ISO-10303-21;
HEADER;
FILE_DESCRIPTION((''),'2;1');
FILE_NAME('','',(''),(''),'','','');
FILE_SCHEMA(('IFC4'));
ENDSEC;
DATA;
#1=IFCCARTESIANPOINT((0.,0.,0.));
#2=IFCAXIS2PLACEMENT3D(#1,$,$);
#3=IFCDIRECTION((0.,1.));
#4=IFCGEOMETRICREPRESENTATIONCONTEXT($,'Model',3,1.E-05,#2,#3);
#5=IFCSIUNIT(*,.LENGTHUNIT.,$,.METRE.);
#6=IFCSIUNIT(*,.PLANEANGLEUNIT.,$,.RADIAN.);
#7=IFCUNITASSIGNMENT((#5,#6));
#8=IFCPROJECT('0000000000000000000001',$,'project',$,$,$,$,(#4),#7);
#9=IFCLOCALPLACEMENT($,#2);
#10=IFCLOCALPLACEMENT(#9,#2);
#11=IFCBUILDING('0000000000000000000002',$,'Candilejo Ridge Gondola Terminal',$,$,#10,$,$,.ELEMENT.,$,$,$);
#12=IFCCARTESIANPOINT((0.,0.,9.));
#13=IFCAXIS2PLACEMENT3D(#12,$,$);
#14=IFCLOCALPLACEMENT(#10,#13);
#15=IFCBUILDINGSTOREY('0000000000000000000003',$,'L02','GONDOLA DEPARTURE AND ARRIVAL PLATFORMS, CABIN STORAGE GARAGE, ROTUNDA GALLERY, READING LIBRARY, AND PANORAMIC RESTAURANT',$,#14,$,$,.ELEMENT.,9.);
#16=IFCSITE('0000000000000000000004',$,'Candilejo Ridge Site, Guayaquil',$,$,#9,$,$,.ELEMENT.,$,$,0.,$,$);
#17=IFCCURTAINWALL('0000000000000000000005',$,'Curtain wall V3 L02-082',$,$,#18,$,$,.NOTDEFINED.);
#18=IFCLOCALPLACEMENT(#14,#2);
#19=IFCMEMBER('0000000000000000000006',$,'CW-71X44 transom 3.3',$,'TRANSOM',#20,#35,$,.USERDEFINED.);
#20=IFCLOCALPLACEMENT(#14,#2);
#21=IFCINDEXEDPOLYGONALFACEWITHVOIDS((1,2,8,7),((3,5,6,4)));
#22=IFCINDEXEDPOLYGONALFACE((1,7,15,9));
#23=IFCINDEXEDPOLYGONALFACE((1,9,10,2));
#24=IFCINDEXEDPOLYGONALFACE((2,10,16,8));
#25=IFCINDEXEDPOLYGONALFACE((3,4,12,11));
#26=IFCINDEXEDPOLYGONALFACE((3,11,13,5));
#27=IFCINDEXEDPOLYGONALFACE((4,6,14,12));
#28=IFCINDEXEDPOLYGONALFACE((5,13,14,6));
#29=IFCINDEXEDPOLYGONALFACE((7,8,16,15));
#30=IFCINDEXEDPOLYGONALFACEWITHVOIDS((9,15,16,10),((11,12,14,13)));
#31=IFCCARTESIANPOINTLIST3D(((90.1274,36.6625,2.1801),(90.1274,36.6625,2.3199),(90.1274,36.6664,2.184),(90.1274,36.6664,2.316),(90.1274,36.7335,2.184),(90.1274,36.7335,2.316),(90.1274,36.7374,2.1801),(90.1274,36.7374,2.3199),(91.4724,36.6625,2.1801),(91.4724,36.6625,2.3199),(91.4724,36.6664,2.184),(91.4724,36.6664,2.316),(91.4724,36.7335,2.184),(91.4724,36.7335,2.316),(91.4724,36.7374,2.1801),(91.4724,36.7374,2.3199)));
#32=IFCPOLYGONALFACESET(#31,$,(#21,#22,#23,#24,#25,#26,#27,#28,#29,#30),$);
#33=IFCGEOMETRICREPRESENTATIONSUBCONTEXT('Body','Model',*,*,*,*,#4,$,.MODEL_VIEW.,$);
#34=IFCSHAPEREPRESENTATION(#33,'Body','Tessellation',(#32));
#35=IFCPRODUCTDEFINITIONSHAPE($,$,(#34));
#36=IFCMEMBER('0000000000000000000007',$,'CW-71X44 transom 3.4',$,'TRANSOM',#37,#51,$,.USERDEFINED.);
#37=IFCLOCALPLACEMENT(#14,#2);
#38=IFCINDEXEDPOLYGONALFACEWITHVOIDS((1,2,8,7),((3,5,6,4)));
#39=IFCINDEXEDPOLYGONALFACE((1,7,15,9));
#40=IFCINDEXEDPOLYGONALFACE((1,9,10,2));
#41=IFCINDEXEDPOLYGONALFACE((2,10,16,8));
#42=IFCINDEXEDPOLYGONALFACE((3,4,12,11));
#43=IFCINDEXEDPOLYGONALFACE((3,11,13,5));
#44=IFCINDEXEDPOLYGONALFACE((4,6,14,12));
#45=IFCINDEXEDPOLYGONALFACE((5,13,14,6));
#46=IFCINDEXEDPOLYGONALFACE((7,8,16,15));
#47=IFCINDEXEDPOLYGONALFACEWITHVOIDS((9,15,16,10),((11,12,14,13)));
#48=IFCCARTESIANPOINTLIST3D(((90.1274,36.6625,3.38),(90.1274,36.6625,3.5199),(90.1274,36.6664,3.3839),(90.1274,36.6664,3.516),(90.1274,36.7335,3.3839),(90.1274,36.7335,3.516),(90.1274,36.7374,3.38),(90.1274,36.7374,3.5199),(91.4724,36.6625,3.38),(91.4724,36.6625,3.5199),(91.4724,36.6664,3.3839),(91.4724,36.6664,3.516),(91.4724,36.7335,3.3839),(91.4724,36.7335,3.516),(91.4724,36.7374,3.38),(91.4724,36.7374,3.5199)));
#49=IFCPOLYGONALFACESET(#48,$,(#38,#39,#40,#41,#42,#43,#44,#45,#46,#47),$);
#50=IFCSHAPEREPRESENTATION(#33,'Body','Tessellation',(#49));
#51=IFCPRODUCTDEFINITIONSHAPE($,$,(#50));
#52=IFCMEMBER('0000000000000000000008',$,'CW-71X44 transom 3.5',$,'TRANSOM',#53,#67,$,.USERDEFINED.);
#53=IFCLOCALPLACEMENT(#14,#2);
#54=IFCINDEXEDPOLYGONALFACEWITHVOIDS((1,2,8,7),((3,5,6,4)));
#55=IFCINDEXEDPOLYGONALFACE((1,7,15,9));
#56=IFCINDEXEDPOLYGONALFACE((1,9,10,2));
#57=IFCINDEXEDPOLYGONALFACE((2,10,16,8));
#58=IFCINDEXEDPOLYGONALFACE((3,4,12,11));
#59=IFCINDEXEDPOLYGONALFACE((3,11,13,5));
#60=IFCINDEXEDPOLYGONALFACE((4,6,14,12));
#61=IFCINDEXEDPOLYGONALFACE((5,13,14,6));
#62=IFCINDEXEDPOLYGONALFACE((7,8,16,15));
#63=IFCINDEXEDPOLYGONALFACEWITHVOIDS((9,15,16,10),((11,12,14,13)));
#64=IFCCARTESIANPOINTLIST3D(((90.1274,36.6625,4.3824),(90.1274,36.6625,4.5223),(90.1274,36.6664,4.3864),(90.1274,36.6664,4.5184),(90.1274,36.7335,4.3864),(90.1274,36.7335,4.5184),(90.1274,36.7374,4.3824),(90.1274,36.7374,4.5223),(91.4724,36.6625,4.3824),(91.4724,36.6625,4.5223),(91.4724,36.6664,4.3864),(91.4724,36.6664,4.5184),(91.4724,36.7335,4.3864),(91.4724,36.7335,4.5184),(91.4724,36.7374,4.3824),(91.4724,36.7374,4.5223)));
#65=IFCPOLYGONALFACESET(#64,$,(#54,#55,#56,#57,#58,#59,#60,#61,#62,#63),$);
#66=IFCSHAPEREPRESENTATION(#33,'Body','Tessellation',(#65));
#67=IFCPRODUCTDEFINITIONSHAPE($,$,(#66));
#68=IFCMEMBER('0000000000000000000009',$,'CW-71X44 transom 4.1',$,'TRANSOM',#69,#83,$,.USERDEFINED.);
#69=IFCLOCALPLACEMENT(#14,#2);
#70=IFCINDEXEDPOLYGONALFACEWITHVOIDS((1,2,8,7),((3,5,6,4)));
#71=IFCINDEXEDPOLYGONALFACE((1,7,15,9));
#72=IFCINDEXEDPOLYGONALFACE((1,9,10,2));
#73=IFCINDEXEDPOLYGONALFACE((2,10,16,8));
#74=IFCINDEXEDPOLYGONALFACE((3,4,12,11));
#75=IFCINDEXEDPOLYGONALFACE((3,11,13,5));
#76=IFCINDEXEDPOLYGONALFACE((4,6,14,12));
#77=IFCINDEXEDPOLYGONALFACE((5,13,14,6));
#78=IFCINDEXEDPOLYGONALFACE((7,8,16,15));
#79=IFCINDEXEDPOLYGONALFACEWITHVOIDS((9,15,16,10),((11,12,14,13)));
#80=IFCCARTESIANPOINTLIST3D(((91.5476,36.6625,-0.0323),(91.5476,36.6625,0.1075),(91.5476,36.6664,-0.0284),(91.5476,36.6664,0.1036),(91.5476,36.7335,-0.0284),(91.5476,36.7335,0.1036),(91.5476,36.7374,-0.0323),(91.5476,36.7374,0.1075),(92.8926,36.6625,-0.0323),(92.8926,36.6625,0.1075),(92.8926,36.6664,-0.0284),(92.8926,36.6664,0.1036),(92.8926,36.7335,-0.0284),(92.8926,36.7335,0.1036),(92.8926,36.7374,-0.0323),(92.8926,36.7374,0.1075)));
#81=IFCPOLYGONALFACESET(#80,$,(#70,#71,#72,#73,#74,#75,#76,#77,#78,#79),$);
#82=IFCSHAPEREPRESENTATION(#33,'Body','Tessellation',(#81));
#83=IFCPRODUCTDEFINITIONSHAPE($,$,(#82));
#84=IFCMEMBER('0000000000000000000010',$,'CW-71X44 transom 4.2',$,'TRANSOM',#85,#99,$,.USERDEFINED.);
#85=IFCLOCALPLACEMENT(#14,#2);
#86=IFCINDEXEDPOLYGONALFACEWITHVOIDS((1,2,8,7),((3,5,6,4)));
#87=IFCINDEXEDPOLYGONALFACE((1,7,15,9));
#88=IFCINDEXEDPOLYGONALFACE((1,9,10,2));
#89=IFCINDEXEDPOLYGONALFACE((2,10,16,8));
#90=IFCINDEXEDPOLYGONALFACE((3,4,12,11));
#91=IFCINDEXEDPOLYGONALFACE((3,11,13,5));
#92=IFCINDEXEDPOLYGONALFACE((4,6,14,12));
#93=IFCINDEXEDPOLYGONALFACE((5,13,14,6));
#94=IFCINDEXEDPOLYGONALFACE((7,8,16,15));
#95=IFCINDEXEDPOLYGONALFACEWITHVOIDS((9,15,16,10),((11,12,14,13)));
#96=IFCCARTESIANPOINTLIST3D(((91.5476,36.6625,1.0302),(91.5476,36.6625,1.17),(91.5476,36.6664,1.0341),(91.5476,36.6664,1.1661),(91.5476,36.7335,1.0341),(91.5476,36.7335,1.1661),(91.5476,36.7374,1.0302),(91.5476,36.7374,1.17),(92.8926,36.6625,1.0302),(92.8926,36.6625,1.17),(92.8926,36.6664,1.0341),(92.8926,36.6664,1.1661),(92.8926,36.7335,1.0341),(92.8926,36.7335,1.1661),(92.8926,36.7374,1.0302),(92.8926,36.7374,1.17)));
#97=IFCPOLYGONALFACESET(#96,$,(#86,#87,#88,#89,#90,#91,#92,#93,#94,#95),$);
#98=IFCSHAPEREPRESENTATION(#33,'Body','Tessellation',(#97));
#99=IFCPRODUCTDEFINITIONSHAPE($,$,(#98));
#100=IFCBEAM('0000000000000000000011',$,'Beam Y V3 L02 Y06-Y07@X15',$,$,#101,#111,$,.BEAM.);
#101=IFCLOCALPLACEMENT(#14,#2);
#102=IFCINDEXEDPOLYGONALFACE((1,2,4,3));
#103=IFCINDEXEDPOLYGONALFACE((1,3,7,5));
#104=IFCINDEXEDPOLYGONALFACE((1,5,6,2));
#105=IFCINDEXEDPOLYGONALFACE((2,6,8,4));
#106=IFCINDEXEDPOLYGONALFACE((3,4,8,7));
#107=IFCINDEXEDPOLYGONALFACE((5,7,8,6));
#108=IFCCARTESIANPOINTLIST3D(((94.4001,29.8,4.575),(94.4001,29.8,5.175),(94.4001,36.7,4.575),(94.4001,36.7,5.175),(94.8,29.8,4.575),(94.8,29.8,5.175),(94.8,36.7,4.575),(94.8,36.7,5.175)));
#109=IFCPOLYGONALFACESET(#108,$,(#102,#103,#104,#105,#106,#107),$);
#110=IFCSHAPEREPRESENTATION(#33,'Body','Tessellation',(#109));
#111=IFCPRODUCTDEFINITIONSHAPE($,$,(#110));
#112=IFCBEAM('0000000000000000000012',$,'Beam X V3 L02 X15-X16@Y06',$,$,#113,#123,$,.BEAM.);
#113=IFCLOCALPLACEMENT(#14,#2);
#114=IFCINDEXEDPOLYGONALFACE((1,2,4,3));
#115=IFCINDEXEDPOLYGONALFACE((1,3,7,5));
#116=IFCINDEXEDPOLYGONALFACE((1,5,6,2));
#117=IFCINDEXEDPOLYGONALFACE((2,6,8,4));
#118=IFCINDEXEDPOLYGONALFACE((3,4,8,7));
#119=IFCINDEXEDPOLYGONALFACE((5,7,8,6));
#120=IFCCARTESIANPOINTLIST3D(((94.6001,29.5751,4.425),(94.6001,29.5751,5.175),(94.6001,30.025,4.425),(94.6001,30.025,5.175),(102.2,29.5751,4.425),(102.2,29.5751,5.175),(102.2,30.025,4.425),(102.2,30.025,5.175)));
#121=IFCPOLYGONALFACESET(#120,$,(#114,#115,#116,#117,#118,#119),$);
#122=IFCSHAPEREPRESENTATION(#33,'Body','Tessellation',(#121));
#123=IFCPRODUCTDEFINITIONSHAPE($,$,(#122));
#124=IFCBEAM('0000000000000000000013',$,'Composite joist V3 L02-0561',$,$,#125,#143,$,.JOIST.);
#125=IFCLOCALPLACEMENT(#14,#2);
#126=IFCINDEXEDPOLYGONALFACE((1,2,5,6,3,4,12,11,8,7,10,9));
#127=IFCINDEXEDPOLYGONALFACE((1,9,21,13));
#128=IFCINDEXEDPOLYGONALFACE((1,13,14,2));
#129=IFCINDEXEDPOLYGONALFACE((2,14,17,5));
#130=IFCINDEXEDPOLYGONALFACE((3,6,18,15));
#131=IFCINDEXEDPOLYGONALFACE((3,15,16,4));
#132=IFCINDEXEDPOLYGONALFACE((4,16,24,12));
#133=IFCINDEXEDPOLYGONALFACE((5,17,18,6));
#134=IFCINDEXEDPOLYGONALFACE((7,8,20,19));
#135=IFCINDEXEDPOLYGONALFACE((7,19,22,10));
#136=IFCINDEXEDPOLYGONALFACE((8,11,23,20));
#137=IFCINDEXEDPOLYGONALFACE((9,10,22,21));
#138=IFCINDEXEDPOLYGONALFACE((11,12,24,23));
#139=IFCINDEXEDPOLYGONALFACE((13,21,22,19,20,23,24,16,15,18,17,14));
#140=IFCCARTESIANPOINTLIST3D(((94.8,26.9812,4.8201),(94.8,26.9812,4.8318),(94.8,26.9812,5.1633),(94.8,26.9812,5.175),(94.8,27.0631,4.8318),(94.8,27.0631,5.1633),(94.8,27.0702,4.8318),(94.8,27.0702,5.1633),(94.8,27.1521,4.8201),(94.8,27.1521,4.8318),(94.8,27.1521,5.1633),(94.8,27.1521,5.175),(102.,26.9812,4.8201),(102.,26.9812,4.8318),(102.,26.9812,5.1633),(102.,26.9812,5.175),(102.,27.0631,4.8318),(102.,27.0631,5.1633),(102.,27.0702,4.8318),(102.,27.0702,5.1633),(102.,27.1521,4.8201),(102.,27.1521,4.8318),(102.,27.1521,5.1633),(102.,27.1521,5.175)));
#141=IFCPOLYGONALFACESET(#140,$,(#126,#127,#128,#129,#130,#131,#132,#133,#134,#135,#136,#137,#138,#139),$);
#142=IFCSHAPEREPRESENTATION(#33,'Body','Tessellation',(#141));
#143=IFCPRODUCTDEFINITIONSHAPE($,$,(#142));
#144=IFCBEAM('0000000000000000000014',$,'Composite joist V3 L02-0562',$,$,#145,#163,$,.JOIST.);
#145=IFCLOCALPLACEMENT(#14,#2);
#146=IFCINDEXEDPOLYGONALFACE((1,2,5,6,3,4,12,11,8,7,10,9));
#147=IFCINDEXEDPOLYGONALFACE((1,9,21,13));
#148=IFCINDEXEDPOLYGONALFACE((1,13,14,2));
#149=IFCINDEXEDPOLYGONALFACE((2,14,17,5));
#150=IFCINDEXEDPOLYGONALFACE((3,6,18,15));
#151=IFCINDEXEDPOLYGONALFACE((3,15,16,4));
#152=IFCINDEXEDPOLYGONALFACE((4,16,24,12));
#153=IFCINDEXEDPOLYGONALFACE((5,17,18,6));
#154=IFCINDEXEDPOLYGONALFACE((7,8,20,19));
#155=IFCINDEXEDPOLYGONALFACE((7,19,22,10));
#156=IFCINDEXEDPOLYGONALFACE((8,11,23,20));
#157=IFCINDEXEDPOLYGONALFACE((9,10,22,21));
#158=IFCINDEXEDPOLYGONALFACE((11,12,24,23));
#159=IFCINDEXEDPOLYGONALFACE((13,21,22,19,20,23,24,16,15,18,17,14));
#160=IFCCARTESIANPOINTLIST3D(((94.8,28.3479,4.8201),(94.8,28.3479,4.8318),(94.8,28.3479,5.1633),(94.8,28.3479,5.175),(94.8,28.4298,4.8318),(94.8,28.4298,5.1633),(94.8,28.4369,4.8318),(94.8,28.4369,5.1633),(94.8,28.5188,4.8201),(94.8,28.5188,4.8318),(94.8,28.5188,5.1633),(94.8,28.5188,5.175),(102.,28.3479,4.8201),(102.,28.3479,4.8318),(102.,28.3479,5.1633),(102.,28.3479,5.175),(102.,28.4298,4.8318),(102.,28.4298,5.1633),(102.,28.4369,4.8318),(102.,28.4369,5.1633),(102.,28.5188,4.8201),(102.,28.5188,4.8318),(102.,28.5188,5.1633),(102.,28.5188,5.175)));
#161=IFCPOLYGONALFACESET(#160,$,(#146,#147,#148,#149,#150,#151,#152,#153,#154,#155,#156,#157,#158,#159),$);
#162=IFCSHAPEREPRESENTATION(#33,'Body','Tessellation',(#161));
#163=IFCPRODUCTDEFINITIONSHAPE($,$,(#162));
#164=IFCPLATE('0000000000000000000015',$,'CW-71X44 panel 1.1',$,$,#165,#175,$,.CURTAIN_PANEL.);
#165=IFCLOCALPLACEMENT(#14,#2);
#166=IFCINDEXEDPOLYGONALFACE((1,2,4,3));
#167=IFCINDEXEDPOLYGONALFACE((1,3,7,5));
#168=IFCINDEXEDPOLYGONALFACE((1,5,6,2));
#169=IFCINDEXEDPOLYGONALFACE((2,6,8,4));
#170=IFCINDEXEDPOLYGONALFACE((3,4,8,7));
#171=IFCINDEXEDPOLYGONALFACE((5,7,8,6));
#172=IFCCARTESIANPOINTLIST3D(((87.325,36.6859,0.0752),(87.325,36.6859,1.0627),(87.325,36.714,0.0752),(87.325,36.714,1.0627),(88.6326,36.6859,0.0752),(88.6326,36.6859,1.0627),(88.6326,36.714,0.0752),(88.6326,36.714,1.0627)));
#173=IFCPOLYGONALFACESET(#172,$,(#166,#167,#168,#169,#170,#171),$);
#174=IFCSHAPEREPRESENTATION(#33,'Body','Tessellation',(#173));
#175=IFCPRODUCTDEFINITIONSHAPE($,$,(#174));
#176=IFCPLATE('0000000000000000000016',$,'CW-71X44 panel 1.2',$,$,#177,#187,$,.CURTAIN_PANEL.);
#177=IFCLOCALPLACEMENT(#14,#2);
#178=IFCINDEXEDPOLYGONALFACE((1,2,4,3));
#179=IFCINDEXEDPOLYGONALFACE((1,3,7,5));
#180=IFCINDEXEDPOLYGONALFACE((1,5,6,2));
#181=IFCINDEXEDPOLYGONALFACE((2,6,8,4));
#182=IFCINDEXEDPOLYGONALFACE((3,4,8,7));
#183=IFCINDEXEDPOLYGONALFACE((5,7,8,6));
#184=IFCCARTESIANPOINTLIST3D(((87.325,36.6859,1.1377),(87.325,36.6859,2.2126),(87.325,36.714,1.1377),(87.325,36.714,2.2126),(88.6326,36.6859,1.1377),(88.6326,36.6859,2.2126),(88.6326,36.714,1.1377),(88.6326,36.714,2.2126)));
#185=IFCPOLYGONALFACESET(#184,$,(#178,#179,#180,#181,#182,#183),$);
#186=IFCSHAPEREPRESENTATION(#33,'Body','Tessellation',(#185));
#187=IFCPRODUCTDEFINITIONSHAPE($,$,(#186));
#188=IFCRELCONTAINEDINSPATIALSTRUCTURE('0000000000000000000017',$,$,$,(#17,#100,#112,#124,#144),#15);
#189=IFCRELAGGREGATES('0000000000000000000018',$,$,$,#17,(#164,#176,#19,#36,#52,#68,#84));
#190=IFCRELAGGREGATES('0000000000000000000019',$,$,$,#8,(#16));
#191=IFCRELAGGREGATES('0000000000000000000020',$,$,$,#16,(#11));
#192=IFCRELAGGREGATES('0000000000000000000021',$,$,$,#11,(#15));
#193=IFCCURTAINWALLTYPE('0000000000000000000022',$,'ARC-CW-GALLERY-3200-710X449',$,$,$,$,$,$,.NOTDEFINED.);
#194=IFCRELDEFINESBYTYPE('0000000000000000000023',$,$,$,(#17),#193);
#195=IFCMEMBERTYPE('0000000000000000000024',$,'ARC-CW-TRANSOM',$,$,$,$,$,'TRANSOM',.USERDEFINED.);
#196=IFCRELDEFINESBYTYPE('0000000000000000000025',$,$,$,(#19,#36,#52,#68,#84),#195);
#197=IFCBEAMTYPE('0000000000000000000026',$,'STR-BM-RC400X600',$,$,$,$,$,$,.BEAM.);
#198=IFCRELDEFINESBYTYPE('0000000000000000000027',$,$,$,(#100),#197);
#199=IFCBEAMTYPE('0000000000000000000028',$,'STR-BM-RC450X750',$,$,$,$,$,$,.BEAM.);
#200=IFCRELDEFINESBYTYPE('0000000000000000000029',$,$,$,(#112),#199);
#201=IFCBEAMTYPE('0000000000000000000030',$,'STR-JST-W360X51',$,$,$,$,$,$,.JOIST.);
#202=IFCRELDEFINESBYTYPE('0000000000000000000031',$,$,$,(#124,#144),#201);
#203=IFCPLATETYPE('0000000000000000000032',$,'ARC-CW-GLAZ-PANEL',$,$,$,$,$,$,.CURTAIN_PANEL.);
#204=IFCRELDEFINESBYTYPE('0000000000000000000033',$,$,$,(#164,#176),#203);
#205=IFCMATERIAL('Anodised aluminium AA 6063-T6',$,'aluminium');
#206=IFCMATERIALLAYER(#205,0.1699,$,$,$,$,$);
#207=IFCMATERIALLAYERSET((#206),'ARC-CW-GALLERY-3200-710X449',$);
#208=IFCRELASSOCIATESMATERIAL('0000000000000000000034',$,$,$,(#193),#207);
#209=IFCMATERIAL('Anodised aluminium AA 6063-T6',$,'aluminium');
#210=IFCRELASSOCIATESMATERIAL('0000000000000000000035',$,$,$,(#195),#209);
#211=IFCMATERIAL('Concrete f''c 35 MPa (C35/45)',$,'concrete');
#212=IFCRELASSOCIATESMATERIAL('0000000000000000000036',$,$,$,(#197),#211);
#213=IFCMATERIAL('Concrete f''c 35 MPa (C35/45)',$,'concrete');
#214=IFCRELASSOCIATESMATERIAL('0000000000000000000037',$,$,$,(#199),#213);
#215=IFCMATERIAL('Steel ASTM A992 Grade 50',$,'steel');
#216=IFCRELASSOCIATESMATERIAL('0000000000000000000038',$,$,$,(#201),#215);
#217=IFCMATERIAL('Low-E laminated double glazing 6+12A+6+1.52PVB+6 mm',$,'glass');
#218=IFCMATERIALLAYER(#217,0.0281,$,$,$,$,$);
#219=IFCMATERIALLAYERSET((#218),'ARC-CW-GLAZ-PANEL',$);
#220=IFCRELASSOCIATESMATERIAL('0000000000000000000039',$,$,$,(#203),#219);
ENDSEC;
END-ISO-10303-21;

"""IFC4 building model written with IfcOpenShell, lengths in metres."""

from ifc_helpers import new_model, si_unit, direction, frame, origin, origin_2d, place, context, subcontext, project, spatial, rectangle, hollow_rectangle, i_section, extrude, material, layer, layer_set, material_profile, profile_set, type_object, element, aggregate, save


model = new_model("IFC4")

# Units and contexts
model_context = context("Model", 3, precision=1e-05, world=origin(), true_north=direction((0.0, 1.0)))
body_context = subcontext(model_context, "Body", "Model", "MODEL_VIEW")
ifc_project = project(units=[si_unit("LENGTHUNIT", "METRE"), si_unit("PLANEANGLEUNIT", "RADIAN")], contexts=[model_context])

# Site, building, storey
site_placement = place(None, origin())
site = spatial("IfcSite", under=ifc_project, at=site_placement, Name="Candilejo Ridge Site, Guayaquil", CompositionType="ELEMENT", RefElevation=0.0)
building_placement = place(site_placement, origin())
building = spatial("IfcBuilding", under=site, at=building_placement, Name="Candilejo Ridge Gondola Terminal", CompositionType="ELEMENT")
storey_placement = place(building_placement, frame((0.0, 0.0, 9.0)))
storey = spatial("IfcBuildingStorey", under=building, at=storey_placement, Name="L02", Description="GONDOLA DEPARTURE AND ARRIVAL PLATFORMS, CABIN STORAGE GARAGE, ROTUNDA GALLERY, READING LIBRARY, AND PANORAMIC RESTAURANT", CompositionType="ELEMENT", Elevation=9.0)

# Curtain wall, members
ifc_material_1 = material(Name="Anodised aluminium AA 6063-T6", Category="aluminium")
ifc_layer_1 = layer(ifc_material_1, 0.1699)
ifc_layer_set_1 = layer_set([ifc_layer_1], Name="ARC-CW-GALLERY-3200-710X449")
curtain_wall_type = type_object("IfcCurtainWallType", Name="ARC-CW-GALLERY-3200-710X449", PredefinedType="NOTDEFINED", material=ifc_layer_set_1)
curtain_wall_placement = place(storey_placement, origin())
curtain_wall = element("IfcCurtainWall", 1, at=curtain_wall_placement, inside=storey, type_object=curtain_wall_type, Name="Curtain wall V3 L02-082", PredefinedType="NOTDEFINED")
ifc_material_2 = material(Name="Anodised aluminium AA 6063-T6", Category="aluminium")
ifc_material_profile_1 = material_profile(ifc_material_2, hollow_rectangle(XDim=0.075, YDim=0.1399, WallThickness=0.0039, at=origin_2d()))
ifc_profile_set_1 = profile_set([ifc_material_profile_1], Name="Anodised aluminium AA 6063-T6")
member_type_1 = type_object("IfcMemberType", Name="ARC-CW-TRANSOM", ElementType="TRANSOM", PredefinedType="USERDEFINED", material=ifc_profile_set_1)
member_1_placement = place(storey_placement, frame((90.1274, 36.7, 2.25), z_axis=(1.0, 0.0, 0.0), x_axis=(0.0, 1.0, 0.0)))
member_1 = element("IfcMember", 2, at=member_1_placement, type_object=member_type_1, Name="CW-71X44 transom 3.3", ObjectType="TRANSOM", PredefinedType="USERDEFINED", context=body_context, shape_type="SweptSolid", body=[
    extrude(hollow_rectangle(XDim=0.075, YDim=0.1399, WallThickness=0.0039, at=origin_2d()), origin(), (0.0, 0.0, 1.0), 1.345),
])
member_2_placement = place(storey_placement, frame((90.1274, 36.7, 3.45), z_axis=(1.0, 0.0, 0.0), x_axis=(0.0, 1.0, 0.0)))
member_2 = element("IfcMember", 3, at=member_2_placement, type_object=member_type_1, Name="CW-71X44 transom 3.4", ObjectType="TRANSOM", PredefinedType="USERDEFINED", context=body_context, shape_type="SweptSolid", body=[
    extrude(hollow_rectangle(XDim=0.075, YDim=0.1399, WallThickness=0.0039, at=origin_2d()), origin(), (0.0, 0.0, 1.0), 1.345),
])
member_3_placement = place(storey_placement, frame((90.1274, 36.7, 4.4524), z_axis=(1.0, 0.0, 0.0), x_axis=(0.0, 1.0, 0.0)))
member_3 = element("IfcMember", 4, at=member_3_placement, type_object=member_type_1, Name="CW-71X44 transom 3.5", ObjectType="TRANSOM", PredefinedType="USERDEFINED", context=body_context, shape_type="SweptSolid", body=[
    extrude(hollow_rectangle(XDim=0.075, YDim=0.1399, WallThickness=0.0039, at=origin_2d()), origin(), (0.0, 0.0, 1.0), 1.345),
])
member_4_placement = place(storey_placement, frame((91.5476, 36.7, 0.0376), z_axis=(1.0, 0.0, 0.0), x_axis=(0.0, 1.0, 0.0)))
member_4 = element("IfcMember", 5, at=member_4_placement, type_object=member_type_1, Name="CW-71X44 transom 4.1", ObjectType="TRANSOM", PredefinedType="USERDEFINED", context=body_context, shape_type="SweptSolid", body=[
    extrude(hollow_rectangle(XDim=0.075, YDim=0.1399, WallThickness=0.0039, at=origin_2d()), origin(), (0.0, 0.0, 1.0), 1.345),
])
member_5_placement = place(storey_placement, frame((91.5476, 36.7, 1.1001), z_axis=(1.0, 0.0, 0.0), x_axis=(0.0, 1.0, 0.0)))
member_5 = element("IfcMember", 6, at=member_5_placement, type_object=member_type_1, Name="CW-71X44 transom 4.2", ObjectType="TRANSOM", PredefinedType="USERDEFINED", context=body_context, shape_type="SweptSolid", body=[
    extrude(hollow_rectangle(XDim=0.075, YDim=0.1399, WallThickness=0.0039, at=origin_2d()), origin(), (0.0, 0.0, 1.0), 1.345),
])

# Beams
ifc_material_3 = material(Name="Concrete f'c 35 MPa (C35/45)", Category="concrete")
ifc_material_profile_2 = material_profile(ifc_material_3, rectangle(XDim=0.3999, YDim=0.6001, at=origin_2d()))
ifc_profile_set_2 = profile_set([ifc_material_profile_2], Name="Concrete f'c 35 MPa (C35/45)")
beam_type_1 = type_object("IfcBeamType", Name="STR-BM-RC400X600", PredefinedType="BEAM", material=ifc_profile_set_2)
beam_1_placement = place(storey_placement, frame((94.6001, 29.8, 4.875), z_axis=(0.0, 1.0, 0.0), x_axis=(-1.0, 0.0, 0.0)))
element("IfcBeam", 7, at=beam_1_placement, inside=storey, type_object=beam_type_1, Name="Beam Y V3 L02 Y06-Y07@X15", PredefinedType="BEAM", context=body_context, shape_type="SweptSolid", body=[
    extrude(rectangle(XDim=0.3999, YDim=0.6001, at=origin_2d()), origin(), (0.0, 0.0, 1.0), 6.8999),
])
ifc_material_4 = material(Name="Concrete f'c 35 MPa (C35/45)", Category="concrete")
ifc_material_profile_3 = material_profile(ifc_material_4, rectangle(XDim=0.45, YDim=0.75, at=origin_2d()))
ifc_profile_set_3 = profile_set([ifc_material_profile_3], Name="Concrete f'c 35 MPa (C35/45)")
beam_type_2 = type_object("IfcBeamType", Name="STR-BM-RC450X750", PredefinedType="BEAM", material=ifc_profile_set_3)
beam_2_placement = place(storey_placement, frame((94.6001, 29.8, 4.8), z_axis=(1.0, 0.0, 0.0), x_axis=(0.0, 1.0, 0.0)))
element("IfcBeam", 8, at=beam_2_placement, inside=storey, type_object=beam_type_2, Name="Beam X V3 L02 X15-X16@Y06", PredefinedType="BEAM", context=body_context, shape_type="SweptSolid", body=[
    extrude(rectangle(XDim=0.45, YDim=0.75, at=origin_2d()), origin(), (0.0, 0.0, 1.0), 7.5999),
])
ifc_material_5 = material(Name="Steel ASTM A992 Grade 50", Category="steel")
ifc_material_profile_4 = material_profile(ifc_material_5, i_section(OverallWidth=0.1709, OverallDepth=0.355, WebThickness=0.0071, FlangeThickness=0.0117, at=origin_2d()))
ifc_profile_set_4 = profile_set([ifc_material_profile_4], Name="Steel ASTM A992 Grade 50")
beam_type_3 = type_object("IfcBeamType", Name="STR-JST-W360X51", PredefinedType="JOIST", material=ifc_profile_set_4)
for number, where, z_axis, x_axis, name in (
    (9, (94.8, 27.0667, 4.9976), (1.0, 0.0, 0.0), (0.0, 1.0, 0.0), "Composite joist V3 L02-0561"),
    (10, (94.8, 28.4333, 4.9976), (1.0, 0.0, 0.0), (0.0, 1.0, 0.0), "Composite joist V3 L02-0562"),
):
    element("IfcBeam", number, at=place(storey_placement, frame(where, z_axis=z_axis, x_axis=x_axis)), inside=storey, type_object=beam_type_3, Name=name, PredefinedType="JOIST", context=body_context, shape_type="SweptSolid", body=[
        extrude(i_section(OverallWidth=0.1709, OverallDepth=0.355, WebThickness=0.0071, FlangeThickness=0.0117, at=origin_2d()), origin(), (0.0, 0.0, 1.0), 7.2),
    ])

# Plates
ifc_material_6 = material(Name="Low-E laminated double glazing 6+12A+6+1.52PVB+6 mm", Category="glass")
ifc_layer_2 = layer(ifc_material_6, 0.0281)
ifc_layer_set_2 = layer_set([ifc_layer_2], Name="ARC-CW-GLAZ-PANEL")
plate_type = type_object("IfcPlateType", Name="ARC-CW-GLAZ-PANEL", PredefinedType="CURTAIN_PANEL", material=ifc_layer_set_2)
plate_1_placement = place(storey_placement, frame((87.9788, 36.7, 0.0752), z_axis=(0.0, 0.0, 1.0), x_axis=(1.0, 0.0, 0.0)))
plate_1 = element("IfcPlate", 11, at=plate_1_placement, type_object=plate_type, Name="CW-71X44 panel 1.1", PredefinedType="CURTAIN_PANEL", context=body_context, shape_type="SweptSolid", body=[
    extrude(rectangle(XDim=1.3076, YDim=0.0281, at=origin_2d()), origin(), (0.0, 0.0, 1.0), 0.9875),
])
plate_2_placement = place(storey_placement, frame((87.9788, 36.7, 1.1377), z_axis=(0.0, 0.0, 1.0), x_axis=(1.0, 0.0, 0.0)))
plate_2 = element("IfcPlate", 12, at=plate_2_placement, type_object=plate_type, Name="CW-71X44 panel 1.2", PredefinedType="CURTAIN_PANEL", context=body_context, shape_type="SweptSolid", body=[
    extrude(rectangle(XDim=1.3076, YDim=0.0281, at=origin_2d()), origin(), (0.0, 0.0, 1.0), 1.075),
])
aggregate(curtain_wall, [plate_1, plate_2, member_1, member_2, member_3, member_4, member_5])

save(model, "model.ifc")
